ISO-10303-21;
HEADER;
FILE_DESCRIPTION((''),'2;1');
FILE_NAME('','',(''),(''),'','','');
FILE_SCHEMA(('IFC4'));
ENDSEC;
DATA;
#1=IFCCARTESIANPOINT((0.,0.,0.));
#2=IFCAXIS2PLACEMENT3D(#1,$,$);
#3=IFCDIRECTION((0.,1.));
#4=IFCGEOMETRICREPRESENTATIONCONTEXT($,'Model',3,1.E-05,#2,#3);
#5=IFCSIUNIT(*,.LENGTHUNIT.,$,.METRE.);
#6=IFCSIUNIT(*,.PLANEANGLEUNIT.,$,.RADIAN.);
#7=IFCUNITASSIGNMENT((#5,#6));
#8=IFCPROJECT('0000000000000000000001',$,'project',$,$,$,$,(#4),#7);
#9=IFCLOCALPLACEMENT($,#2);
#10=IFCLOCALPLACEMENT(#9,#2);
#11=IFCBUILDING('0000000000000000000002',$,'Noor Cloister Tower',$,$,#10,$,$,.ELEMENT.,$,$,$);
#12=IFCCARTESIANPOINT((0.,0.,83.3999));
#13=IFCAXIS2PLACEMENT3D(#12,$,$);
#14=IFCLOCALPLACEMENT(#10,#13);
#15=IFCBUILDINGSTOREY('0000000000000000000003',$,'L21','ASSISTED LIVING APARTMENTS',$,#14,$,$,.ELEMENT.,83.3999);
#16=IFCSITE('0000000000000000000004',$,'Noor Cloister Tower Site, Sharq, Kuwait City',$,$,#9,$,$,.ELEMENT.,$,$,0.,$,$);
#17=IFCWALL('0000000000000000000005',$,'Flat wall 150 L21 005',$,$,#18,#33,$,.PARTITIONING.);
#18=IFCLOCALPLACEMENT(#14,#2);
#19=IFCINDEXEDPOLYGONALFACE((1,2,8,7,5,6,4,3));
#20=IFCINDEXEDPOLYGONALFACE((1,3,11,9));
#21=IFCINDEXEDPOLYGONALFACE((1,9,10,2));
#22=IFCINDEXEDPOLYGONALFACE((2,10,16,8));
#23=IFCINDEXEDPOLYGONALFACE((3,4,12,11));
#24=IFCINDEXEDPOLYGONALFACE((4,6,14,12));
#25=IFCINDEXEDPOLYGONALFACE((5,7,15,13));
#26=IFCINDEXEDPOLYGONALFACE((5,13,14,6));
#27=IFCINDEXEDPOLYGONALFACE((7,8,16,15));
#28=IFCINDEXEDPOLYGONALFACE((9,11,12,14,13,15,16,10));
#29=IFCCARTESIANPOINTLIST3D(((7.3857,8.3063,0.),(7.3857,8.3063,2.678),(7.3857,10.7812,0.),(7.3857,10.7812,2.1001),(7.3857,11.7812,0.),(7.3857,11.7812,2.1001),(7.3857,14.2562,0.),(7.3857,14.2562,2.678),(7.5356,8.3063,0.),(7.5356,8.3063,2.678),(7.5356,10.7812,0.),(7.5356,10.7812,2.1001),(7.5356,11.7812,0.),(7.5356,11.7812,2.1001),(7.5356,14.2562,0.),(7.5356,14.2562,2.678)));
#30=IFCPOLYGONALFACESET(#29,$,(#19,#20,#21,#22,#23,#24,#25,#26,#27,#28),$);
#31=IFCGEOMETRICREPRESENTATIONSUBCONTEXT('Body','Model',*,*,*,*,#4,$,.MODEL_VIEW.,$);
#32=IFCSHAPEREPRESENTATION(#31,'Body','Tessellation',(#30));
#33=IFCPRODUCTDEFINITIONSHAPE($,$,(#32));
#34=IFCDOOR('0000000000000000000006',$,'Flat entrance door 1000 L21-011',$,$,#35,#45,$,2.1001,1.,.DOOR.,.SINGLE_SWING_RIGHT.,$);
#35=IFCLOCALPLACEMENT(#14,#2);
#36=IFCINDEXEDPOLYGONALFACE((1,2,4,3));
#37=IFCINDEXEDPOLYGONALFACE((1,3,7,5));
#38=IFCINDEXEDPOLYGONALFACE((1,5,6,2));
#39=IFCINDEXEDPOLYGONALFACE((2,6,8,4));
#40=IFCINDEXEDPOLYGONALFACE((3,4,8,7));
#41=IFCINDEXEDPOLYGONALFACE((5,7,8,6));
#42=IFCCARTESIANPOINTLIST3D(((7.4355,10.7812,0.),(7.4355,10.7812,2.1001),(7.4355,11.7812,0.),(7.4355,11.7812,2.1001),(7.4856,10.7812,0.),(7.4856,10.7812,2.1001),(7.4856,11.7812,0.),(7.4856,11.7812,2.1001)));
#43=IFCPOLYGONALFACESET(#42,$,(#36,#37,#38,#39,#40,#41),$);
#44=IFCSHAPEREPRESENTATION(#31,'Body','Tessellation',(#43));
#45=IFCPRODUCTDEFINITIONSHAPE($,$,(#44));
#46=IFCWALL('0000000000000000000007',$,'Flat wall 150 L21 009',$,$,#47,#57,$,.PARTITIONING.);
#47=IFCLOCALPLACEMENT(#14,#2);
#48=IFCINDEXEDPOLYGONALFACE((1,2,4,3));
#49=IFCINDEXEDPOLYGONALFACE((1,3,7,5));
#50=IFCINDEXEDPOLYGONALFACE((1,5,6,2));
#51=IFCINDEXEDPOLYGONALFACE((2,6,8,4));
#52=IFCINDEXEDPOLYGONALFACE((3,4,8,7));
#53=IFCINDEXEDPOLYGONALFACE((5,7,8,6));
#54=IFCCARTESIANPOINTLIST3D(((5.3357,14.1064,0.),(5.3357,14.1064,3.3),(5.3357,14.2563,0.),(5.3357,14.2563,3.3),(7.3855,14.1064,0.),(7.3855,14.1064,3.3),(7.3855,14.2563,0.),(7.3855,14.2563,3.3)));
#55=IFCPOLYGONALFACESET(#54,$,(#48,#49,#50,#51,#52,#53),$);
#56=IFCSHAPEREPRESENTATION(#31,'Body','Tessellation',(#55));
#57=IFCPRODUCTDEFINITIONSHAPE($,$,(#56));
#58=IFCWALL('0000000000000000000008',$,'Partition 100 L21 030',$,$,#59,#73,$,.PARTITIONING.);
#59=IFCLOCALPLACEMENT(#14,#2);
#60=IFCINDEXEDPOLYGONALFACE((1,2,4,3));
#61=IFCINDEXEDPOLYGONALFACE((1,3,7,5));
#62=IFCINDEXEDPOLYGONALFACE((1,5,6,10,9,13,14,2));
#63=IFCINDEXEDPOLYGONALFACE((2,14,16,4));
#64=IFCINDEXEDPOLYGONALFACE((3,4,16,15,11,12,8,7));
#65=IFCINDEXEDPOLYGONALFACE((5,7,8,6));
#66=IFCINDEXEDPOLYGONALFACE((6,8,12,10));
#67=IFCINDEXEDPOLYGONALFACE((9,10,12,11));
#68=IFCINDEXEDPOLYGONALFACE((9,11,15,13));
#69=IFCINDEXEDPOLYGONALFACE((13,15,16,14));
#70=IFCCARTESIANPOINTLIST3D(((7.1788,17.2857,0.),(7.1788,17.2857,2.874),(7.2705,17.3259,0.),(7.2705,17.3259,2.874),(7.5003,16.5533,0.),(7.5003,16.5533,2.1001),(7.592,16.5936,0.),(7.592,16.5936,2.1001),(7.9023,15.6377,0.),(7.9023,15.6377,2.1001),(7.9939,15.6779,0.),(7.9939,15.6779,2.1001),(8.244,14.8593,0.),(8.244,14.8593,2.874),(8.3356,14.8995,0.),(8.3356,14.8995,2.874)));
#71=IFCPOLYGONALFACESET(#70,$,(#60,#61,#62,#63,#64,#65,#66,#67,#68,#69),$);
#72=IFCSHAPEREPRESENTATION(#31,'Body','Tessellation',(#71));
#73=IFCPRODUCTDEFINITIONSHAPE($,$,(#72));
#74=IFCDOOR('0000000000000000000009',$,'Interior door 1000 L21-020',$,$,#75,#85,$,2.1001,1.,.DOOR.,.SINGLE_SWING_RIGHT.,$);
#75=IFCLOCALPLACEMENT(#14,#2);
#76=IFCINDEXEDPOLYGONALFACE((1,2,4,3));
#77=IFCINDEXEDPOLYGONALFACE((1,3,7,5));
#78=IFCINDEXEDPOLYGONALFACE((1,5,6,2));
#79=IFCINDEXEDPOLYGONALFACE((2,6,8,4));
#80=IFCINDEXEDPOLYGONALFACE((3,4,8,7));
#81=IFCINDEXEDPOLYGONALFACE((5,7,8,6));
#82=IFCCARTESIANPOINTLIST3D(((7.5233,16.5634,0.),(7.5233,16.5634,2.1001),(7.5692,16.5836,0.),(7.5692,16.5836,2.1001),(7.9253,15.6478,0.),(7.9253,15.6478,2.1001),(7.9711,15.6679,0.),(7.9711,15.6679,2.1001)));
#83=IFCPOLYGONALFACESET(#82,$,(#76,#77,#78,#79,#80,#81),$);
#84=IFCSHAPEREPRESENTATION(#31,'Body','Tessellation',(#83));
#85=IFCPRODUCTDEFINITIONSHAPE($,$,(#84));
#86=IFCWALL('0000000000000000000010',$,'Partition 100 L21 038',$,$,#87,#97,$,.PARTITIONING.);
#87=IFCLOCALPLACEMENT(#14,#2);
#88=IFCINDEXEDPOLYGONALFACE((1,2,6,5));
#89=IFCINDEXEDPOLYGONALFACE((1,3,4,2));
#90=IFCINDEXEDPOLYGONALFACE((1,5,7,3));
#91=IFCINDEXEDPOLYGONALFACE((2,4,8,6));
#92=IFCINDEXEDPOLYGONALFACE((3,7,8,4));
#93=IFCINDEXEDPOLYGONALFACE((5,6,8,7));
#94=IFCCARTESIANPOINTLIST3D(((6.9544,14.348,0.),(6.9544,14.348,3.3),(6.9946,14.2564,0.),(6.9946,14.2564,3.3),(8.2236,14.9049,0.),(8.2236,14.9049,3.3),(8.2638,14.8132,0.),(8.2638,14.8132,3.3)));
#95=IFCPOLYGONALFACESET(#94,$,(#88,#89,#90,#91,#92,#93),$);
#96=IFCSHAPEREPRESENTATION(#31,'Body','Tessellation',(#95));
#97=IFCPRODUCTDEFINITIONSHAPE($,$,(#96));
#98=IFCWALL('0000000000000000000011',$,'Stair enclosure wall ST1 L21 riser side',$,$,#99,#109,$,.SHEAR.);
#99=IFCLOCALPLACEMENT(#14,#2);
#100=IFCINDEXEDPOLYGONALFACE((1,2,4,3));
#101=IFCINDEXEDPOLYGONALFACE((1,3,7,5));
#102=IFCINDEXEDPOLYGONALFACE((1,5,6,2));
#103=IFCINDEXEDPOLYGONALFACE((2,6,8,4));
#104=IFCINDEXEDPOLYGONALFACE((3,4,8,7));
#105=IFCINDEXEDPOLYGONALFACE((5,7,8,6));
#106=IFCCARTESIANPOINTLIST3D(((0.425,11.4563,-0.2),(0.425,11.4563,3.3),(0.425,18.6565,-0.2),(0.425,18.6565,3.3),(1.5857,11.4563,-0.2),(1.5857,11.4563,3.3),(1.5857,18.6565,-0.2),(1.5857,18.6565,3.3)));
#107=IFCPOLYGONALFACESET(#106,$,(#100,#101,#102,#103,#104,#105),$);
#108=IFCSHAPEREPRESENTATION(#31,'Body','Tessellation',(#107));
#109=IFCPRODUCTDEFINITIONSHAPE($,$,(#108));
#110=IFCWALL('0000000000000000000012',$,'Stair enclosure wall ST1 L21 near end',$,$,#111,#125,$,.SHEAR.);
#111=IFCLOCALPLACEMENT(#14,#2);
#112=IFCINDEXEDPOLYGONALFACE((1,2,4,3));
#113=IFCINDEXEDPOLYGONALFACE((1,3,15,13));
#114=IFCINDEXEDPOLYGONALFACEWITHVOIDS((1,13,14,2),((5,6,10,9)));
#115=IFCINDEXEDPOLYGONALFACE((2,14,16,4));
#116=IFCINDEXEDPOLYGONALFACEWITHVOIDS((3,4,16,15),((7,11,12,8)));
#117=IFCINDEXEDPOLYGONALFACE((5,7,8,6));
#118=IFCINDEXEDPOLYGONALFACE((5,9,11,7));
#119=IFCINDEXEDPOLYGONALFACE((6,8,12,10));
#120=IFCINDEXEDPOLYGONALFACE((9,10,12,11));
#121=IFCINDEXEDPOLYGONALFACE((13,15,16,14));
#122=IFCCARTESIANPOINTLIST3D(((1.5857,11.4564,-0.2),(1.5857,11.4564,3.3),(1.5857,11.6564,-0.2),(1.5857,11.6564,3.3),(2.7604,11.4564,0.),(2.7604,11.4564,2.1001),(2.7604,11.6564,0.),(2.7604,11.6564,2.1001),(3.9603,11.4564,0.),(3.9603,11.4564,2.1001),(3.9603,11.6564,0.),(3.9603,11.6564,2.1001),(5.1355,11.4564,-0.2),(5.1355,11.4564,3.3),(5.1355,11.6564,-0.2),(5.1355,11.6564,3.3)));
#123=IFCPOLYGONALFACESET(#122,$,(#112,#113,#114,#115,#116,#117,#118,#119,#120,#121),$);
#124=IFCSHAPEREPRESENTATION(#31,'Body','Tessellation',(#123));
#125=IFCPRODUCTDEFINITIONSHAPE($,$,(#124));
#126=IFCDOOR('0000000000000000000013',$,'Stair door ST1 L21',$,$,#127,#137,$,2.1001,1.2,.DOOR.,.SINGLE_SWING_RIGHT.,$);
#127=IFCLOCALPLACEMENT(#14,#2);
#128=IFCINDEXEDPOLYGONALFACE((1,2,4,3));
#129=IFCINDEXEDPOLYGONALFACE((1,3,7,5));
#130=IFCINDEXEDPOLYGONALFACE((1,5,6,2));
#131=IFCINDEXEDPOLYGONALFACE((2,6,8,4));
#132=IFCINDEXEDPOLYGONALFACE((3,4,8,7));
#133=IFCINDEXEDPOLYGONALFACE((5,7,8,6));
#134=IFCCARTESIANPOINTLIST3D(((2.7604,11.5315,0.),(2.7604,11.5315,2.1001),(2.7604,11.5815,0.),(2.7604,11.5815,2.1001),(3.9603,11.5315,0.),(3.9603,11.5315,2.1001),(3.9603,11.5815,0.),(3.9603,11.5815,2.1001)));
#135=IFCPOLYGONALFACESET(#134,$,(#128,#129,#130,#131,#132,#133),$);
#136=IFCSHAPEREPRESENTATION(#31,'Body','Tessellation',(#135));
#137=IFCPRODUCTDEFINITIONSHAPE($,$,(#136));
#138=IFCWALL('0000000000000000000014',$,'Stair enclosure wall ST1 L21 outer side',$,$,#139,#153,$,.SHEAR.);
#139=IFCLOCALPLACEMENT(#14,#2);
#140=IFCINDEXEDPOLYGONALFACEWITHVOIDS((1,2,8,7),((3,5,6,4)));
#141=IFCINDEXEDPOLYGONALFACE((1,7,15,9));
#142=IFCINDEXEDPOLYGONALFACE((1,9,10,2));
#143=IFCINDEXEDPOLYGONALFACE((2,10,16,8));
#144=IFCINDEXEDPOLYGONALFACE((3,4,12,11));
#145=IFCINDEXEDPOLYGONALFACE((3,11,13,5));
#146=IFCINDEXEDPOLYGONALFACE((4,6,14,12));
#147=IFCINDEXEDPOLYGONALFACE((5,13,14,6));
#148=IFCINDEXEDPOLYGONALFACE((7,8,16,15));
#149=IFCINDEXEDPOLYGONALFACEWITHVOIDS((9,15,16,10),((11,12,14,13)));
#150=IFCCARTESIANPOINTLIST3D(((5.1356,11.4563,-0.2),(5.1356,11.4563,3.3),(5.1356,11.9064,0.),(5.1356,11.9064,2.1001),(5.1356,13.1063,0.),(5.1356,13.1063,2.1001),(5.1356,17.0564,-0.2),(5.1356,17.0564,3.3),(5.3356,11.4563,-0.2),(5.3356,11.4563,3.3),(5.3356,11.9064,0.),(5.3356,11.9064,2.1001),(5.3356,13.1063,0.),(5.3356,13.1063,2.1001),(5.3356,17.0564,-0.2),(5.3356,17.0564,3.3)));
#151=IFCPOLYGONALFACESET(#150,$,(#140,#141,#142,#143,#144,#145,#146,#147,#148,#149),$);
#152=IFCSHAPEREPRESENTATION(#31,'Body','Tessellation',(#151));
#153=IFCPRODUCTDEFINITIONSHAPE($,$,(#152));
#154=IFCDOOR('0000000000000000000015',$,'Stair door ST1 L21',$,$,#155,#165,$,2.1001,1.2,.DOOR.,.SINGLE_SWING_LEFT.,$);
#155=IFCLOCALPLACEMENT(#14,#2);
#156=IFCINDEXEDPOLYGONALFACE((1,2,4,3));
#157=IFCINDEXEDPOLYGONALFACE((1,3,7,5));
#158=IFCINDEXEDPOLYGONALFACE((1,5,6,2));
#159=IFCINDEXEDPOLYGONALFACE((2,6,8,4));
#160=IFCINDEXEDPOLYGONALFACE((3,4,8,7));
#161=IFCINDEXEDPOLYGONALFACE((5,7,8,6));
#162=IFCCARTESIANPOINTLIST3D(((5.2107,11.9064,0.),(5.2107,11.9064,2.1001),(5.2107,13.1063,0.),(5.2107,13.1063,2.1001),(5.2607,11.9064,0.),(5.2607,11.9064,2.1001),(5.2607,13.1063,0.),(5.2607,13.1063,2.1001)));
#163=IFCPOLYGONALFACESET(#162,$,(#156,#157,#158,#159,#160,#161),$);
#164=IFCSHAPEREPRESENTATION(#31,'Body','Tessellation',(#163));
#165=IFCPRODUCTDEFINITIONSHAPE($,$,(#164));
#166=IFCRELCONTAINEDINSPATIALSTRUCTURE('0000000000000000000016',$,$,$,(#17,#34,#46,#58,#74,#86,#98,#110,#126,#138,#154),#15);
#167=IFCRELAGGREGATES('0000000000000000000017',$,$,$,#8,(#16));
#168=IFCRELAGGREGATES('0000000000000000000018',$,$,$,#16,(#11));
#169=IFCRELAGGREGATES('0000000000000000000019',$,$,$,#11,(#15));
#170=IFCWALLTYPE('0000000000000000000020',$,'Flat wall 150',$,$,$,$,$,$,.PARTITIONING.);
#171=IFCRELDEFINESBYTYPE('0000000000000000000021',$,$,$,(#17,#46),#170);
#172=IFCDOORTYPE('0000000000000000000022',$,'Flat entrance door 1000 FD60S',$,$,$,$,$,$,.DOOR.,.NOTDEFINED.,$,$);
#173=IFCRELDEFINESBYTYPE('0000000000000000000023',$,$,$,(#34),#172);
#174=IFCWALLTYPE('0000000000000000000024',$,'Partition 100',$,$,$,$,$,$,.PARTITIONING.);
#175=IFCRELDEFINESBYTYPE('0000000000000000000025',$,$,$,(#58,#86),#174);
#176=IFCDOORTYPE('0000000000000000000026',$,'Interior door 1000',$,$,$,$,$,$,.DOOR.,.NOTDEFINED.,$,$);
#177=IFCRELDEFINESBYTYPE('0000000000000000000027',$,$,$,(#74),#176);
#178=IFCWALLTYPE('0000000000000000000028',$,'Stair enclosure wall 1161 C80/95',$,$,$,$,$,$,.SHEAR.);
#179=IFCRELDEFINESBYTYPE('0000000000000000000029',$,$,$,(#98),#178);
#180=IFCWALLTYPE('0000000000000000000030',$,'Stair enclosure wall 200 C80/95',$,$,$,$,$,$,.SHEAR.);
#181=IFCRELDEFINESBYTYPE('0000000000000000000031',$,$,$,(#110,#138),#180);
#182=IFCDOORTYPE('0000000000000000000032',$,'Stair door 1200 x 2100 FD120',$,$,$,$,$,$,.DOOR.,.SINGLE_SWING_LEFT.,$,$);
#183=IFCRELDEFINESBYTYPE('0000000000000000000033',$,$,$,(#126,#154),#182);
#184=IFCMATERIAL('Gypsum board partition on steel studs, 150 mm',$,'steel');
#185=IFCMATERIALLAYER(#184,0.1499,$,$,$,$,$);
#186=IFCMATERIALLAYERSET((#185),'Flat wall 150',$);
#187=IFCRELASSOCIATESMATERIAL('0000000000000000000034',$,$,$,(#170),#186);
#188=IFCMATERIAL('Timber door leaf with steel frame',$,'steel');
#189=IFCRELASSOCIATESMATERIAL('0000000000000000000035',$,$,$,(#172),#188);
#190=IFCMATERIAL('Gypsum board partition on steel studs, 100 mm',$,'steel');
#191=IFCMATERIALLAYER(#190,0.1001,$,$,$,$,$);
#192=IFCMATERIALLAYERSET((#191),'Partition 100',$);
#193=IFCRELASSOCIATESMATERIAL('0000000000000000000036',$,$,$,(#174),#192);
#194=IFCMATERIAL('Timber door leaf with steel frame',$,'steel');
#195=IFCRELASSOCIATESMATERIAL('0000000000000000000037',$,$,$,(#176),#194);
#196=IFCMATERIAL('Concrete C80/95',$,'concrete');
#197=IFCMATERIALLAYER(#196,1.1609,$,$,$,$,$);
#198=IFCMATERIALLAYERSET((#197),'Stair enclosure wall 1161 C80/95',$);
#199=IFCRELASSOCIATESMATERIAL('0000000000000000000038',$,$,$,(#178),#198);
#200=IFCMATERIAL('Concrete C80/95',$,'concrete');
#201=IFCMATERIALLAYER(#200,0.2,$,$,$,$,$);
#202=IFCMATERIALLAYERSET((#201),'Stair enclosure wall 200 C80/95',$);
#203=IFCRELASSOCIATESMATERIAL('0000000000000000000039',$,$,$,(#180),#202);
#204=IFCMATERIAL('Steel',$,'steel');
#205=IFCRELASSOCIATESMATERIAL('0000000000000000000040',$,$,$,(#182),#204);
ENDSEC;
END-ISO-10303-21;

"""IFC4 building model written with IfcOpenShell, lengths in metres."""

from ifc_helpers import new_model, si_unit, direction, frame, frame_2d, origin, place, context, subcontext, project, spatial, rectangle, extrude, material, layer, layer_set, type_object, element, fill, save


model = new_model("IFC4")

# Units and contexts
model_context = context("Model", 3, precision=1e-05, world=origin(), true_north=direction((0.0, 1.0)))
body_context = subcontext(model_context, "Body", "Model", "MODEL_VIEW")
ifc_project = project(units=[si_unit("LENGTHUNIT", "METRE"), si_unit("PLANEANGLEUNIT", "RADIAN")], contexts=[model_context])

# Site, building, storey
site_placement = place(None, origin())
site = spatial("IfcSite", under=ifc_project, at=site_placement, Name="Noor Cloister Tower Site, Sharq, Kuwait City", CompositionType="ELEMENT", RefElevation=0.0)
building_placement = place(site_placement, origin())
building = spatial("IfcBuilding", under=site, at=building_placement, Name="Noor Cloister Tower", CompositionType="ELEMENT")
storey_placement = place(building_placement, frame((0.0, 0.0, 83.3999)))
storey = spatial("IfcBuildingStorey", under=building, at=storey_placement, Name="L21", Description="ASSISTED LIVING APARTMENTS", CompositionType="ELEMENT", Elevation=83.3999)

# Wall, opening, door
ifc_material_1 = material(Name="Gypsum board partition on steel studs, 150 mm", Category="steel")
ifc_layer_1 = layer(ifc_material_1, 0.1499)
ifc_layer_set_1 = layer_set([ifc_layer_1], Name="Flat wall 150")
wall_type_1 = type_object("IfcWallType", Name="Flat wall 150", PredefinedType="PARTITIONING", material=ifc_layer_set_1)
wall_1_placement = place(storey_placement, frame((7.4607, 14.2563, 0.0), z_axis=(0.0, 0.0, 1.0), x_axis=(0.0, -1.0, 0.0)))
wall_1 = element("IfcWall", 1, at=wall_1_placement, inside=storey, type_object=wall_type_1, Name="Flat wall 150 L21 005", PredefinedType="PARTITIONING", context=body_context, shape_type="SweptSolid", body=[
    extrude(rectangle(XDim=5.95, YDim=0.1499, at=frame_2d((2.9751, 0.0))), origin(), (0.0, 0.0, 1.0), 2.678),
])
opening_1_placement = place(wall_1_placement, frame((2.4751, 0.0, 0.0)))
opening_1 = element("IfcOpeningElement", 2, at=opening_1_placement, cuts=wall_1, PredefinedType="OPENING", context=body_context, shape_type="SweptSolid", body=[
    extrude(rectangle(XDim=1.0, YDim=2.1001, at=frame_2d((0.5, 1.05))), frame((0.0, 0.085, 0.0), z_axis=(0.0, -1.0, 0.0), x_axis=(1.0, 0.0, 0.0)), (0.0, 0.0, 1.0), 0.1699),
])
ifc_material_2 = material(Name="Timber door leaf with steel frame", Category="steel")
door_type_1 = type_object("IfcDoorType", Name="Flat entrance door 1000 FD60S", OperationType="NOTDEFINED", PredefinedType="DOOR", material=ifc_material_2)
door_1_placement = place(opening_1_placement, origin())
door_1 = element("IfcDoor", 3, at=door_1_placement, inside=storey, type_object=door_type_1, Name="Flat entrance door 1000 L21-011", OperationType="SINGLE_SWING_RIGHT", OverallHeight=2.1001, OverallWidth=1.0, PredefinedType="DOOR", context=body_context, shape_type="SweptSolid", body=[
    extrude(rectangle(XDim=1.0, YDim=2.1001, at=frame_2d((0.5, 1.05))), frame((0.0, 0.0249, 0.0), z_axis=(0.0, -1.0, 0.0), x_axis=(1.0, 0.0, 0.0)), (0.0, 0.0, 1.0), 0.05),
])
fill(opening_1, door_1)

# Wall
wall_2_placement = place(storey_placement, frame((5.3357, 14.1814, 0.0), z_axis=(0.0, 0.0, 1.0), x_axis=(1.0, 0.0, 0.0)))
element("IfcWall", 4, at=wall_2_placement, inside=storey, type_object=wall_type_1, Name="Flat wall 150 L21 009", PredefinedType="PARTITIONING", context=body_context, shape_type="SweptSolid", body=[
    extrude(rectangle(XDim=2.0498, YDim=0.1499, at=frame_2d((1.0249, 0.0))), origin(), (0.0, 0.0, 1.0), 3.3),
])

# Wall, opening, door
ifc_material_3 = material(Name="Gypsum board partition on steel studs, 100 mm", Category="steel")
ifc_layer_2 = layer(ifc_material_3, 0.1001)
ifc_layer_set_2 = layer_set([ifc_layer_2], Name="Partition 100")
wall_type_2 = type_object("IfcWallType", Name="Partition 100", PredefinedType="PARTITIONING", material=ifc_layer_set_2)
wall_3_placement = place(storey_placement, frame((8.2898, 14.8794, 0.0), z_axis=(0.0, 0.0, 1.0), x_axis=(-0.401954, 0.91566, 0.0)))
wall_3 = element("IfcWall", 5, at=wall_3_placement, inside=storey, type_object=wall_type_2, Name="Partition 100 L21 030", PredefinedType="PARTITIONING", context=body_context, shape_type="SweptSolid", body=[
    extrude(rectangle(XDim=2.6499, YDim=0.1001, at=frame_2d((1.325, 0.0))), origin(), (0.0, 0.0, 1.0), 2.874),
])
opening_2_placement = place(wall_3_placement, frame((0.8501, 0.0, 0.0)))
opening_2 = element("IfcOpeningElement", 6, at=opening_2_placement, cuts=wall_3, PredefinedType="OPENING", context=body_context, shape_type="SweptSolid", body=[
    extrude(rectangle(XDim=1.0, YDim=2.1001, at=frame_2d((0.5, 1.05))), frame((0.0, 0.0601, 0.0), z_axis=(0.0, -1.0, 0.0), x_axis=(1.0, 0.0, 0.0)), (0.0, 0.0, 1.0), 0.1201),
])
ifc_material_4 = material(Name="Timber door leaf with steel frame", Category="steel")
door_type_2 = type_object("IfcDoorType", Name="Interior door 1000", OperationType="NOTDEFINED", PredefinedType="DOOR", material=ifc_material_4)
door_2_placement = place(opening_2_placement, origin())
door_2 = element("IfcDoor", 7, at=door_2_placement, inside=storey, type_object=door_type_2, Name="Interior door 1000 L21-020", OperationType="SINGLE_SWING_RIGHT", OverallHeight=2.1001, OverallWidth=1.0, PredefinedType="DOOR", context=body_context, shape_type="SweptSolid", body=[
    extrude(rectangle(XDim=1.0, YDim=2.1001, at=frame_2d((0.5, 1.05))), frame((0.0, 0.0249, 0.0), z_axis=(0.0, -1.0, 0.0), x_axis=(1.0, 0.0, 0.0)), (0.0, 0.0, 1.0), 0.05),
])
fill(opening_2, door_2)

# Walls
wall_4_placement = place(storey_placement, frame((6.9746, 14.3022, 0.0), z_axis=(0.0, 0.0, 1.0), x_axis=(0.91574, 0.40177, 0.0)))
element("IfcWall", 8, at=wall_4_placement, inside=storey, type_object=wall_type_2, Name="Partition 100 L21 038", PredefinedType="PARTITIONING", context=body_context, shape_type="SweptSolid", body=[
    extrude(rectangle(XDim=1.386, YDim=0.1001, at=frame_2d((0.6929, 0.0))), origin(), (0.0, 0.0, 1.0), 3.3),
])
ifc_material_5 = material(Name="Concrete C80/95", Category="concrete")
ifc_layer_3 = layer(ifc_material_5, 1.1609)
ifc_layer_set_3 = layer_set([ifc_layer_3], Name="Stair enclosure wall 1161 C80/95")
wall_type_3 = type_object("IfcWallType", Name="Stair enclosure wall 1161 C80/95", PredefinedType="SHEAR", material=ifc_layer_set_3)
wall_5_placement = place(storey_placement, frame((1.0054, 11.4563, -0.2), z_axis=(0.0, 0.0, 1.0), x_axis=(0.0, 1.0, 0.0)))
element("IfcWall", 9, at=wall_5_placement, inside=storey, type_object=wall_type_3, Name="Stair enclosure wall ST1 L21 riser side", PredefinedType="SHEAR", context=body_context, shape_type="SweptSolid", body=[
    extrude(rectangle(XDim=7.2002, YDim=1.1606, at=frame_2d((3.6001, 0.0))), origin(), (0.0, 0.0, 1.0), 3.5),
])

# Walls, openings, doors
ifc_material_6 = material(Name="Concrete C80/95", Category="concrete")
ifc_layer_4 = layer(ifc_material_6, 0.2)
ifc_layer_set_4 = layer_set([ifc_layer_4], Name="Stair enclosure wall 200 C80/95")
wall_type_4 = type_object("IfcWallType", Name="Stair enclosure wall 200 C80/95", PredefinedType="SHEAR", material=ifc_layer_set_4)
wall_6_placement = place(storey_placement, frame((5.1355, 11.5564, -0.2), z_axis=(0.0, 0.0, 1.0), x_axis=(-1.0, 0.0, 0.0)))
wall_6 = element("IfcWall", 10, at=wall_6_placement, inside=storey, type_object=wall_type_4, Name="Stair enclosure wall ST1 L21 near end", PredefinedType="SHEAR", context=body_context, shape_type="SweptSolid", body=[
    extrude(rectangle(XDim=3.5498, YDim=0.2, at=frame_2d((1.7749, 0.0))), origin(), (0.0, 0.0, 1.0), 3.5),
])
opening_3_placement = place(wall_6_placement, frame((1.175, 0.0, 0.2)))
opening_3 = element("IfcOpeningElement", 11, at=opening_3_placement, cuts=wall_6, PredefinedType="OPENING", context=body_context, shape_type="SweptSolid", body=[
    extrude(rectangle(XDim=1.2, YDim=2.1001, at=frame_2d((0.6001, 1.05))), frame((0.0, 0.1099, 0.0), z_axis=(0.0, -1.0, 0.0), x_axis=(1.0, 0.0, 0.0)), (0.0, 0.0, 1.0), 0.22),
])
ifc_material_7 = material(Name="Steel", Category="steel")
door_type_3 = type_object("IfcDoorType", Name="Stair door 1200 x 2100 FD120", OperationType="SINGLE_SWING_LEFT", PredefinedType="DOOR", material=ifc_material_7)
door_3_placement = place(opening_3_placement, origin())
door_3 = element("IfcDoor", 12, at=door_3_placement, inside=storey, type_object=door_type_3, Name="Stair door ST1 L21", OperationType="SINGLE_SWING_RIGHT", OverallHeight=2.1001, OverallWidth=1.2, PredefinedType="DOOR", context=body_context, shape_type="SweptSolid", body=[
    extrude(rectangle(XDim=1.2, YDim=2.1001, at=frame_2d((0.6001, 1.05))), frame((0.0, 0.0249, 0.0), z_axis=(0.0, -1.0, 0.0), x_axis=(1.0, 0.0, 0.0)), (0.0, 0.0, 1.0), 0.05),
])
fill(opening_3, door_3)
wall_7_placement = place(storey_placement, frame((5.2356, 11.4563, -0.2), z_axis=(0.0, 0.0, 1.0), x_axis=(0.0, 1.0, 0.0)))
wall_7 = element("IfcWall", 13, at=wall_7_placement, inside=storey, type_object=wall_type_4, Name="Stair enclosure wall ST1 L21 outer side", PredefinedType="SHEAR", context=body_context, shape_type="SweptSolid", body=[
    extrude(rectangle(XDim=5.6001, YDim=0.2, at=frame_2d((2.8, 0.0))), origin(), (0.0, 0.0, 1.0), 3.5),
])
opening_4_placement = place(wall_7_placement, frame((0.45, 0.0, 0.2)))
opening_4 = element("IfcOpeningElement", 14, at=opening_4_placement, cuts=wall_7, PredefinedType="OPENING", context=body_context, shape_type="SweptSolid", body=[
    extrude(rectangle(XDim=1.2, YDim=2.1001, at=frame_2d((0.6001, 1.05))), frame((0.0, 0.1099, 0.0), z_axis=(0.0, -1.0, 0.0), x_axis=(1.0, 0.0, 0.0)), (0.0, 0.0, 1.0), 0.22),
])
door_4_placement = place(opening_4_placement, origin())
door_4 = element("IfcDoor", 15, at=door_4_placement, inside=storey, type_object=door_type_3, Name="Stair door ST1 L21", OperationType="SINGLE_SWING_LEFT", OverallHeight=2.1001, OverallWidth=1.2, PredefinedType="DOOR", context=body_context, shape_type="SweptSolid", body=[
    extrude(rectangle(XDim=1.2, YDim=2.1001, at=frame_2d((0.6001, 1.05))), frame((0.0, 0.0249, 0.0), z_axis=(0.0, -1.0, 0.0), x_axis=(1.0, 0.0, 0.0)), (0.0, 0.0, 1.0), 0.05),
])
fill(opening_4, door_4)

save(model, "model.ifc")
